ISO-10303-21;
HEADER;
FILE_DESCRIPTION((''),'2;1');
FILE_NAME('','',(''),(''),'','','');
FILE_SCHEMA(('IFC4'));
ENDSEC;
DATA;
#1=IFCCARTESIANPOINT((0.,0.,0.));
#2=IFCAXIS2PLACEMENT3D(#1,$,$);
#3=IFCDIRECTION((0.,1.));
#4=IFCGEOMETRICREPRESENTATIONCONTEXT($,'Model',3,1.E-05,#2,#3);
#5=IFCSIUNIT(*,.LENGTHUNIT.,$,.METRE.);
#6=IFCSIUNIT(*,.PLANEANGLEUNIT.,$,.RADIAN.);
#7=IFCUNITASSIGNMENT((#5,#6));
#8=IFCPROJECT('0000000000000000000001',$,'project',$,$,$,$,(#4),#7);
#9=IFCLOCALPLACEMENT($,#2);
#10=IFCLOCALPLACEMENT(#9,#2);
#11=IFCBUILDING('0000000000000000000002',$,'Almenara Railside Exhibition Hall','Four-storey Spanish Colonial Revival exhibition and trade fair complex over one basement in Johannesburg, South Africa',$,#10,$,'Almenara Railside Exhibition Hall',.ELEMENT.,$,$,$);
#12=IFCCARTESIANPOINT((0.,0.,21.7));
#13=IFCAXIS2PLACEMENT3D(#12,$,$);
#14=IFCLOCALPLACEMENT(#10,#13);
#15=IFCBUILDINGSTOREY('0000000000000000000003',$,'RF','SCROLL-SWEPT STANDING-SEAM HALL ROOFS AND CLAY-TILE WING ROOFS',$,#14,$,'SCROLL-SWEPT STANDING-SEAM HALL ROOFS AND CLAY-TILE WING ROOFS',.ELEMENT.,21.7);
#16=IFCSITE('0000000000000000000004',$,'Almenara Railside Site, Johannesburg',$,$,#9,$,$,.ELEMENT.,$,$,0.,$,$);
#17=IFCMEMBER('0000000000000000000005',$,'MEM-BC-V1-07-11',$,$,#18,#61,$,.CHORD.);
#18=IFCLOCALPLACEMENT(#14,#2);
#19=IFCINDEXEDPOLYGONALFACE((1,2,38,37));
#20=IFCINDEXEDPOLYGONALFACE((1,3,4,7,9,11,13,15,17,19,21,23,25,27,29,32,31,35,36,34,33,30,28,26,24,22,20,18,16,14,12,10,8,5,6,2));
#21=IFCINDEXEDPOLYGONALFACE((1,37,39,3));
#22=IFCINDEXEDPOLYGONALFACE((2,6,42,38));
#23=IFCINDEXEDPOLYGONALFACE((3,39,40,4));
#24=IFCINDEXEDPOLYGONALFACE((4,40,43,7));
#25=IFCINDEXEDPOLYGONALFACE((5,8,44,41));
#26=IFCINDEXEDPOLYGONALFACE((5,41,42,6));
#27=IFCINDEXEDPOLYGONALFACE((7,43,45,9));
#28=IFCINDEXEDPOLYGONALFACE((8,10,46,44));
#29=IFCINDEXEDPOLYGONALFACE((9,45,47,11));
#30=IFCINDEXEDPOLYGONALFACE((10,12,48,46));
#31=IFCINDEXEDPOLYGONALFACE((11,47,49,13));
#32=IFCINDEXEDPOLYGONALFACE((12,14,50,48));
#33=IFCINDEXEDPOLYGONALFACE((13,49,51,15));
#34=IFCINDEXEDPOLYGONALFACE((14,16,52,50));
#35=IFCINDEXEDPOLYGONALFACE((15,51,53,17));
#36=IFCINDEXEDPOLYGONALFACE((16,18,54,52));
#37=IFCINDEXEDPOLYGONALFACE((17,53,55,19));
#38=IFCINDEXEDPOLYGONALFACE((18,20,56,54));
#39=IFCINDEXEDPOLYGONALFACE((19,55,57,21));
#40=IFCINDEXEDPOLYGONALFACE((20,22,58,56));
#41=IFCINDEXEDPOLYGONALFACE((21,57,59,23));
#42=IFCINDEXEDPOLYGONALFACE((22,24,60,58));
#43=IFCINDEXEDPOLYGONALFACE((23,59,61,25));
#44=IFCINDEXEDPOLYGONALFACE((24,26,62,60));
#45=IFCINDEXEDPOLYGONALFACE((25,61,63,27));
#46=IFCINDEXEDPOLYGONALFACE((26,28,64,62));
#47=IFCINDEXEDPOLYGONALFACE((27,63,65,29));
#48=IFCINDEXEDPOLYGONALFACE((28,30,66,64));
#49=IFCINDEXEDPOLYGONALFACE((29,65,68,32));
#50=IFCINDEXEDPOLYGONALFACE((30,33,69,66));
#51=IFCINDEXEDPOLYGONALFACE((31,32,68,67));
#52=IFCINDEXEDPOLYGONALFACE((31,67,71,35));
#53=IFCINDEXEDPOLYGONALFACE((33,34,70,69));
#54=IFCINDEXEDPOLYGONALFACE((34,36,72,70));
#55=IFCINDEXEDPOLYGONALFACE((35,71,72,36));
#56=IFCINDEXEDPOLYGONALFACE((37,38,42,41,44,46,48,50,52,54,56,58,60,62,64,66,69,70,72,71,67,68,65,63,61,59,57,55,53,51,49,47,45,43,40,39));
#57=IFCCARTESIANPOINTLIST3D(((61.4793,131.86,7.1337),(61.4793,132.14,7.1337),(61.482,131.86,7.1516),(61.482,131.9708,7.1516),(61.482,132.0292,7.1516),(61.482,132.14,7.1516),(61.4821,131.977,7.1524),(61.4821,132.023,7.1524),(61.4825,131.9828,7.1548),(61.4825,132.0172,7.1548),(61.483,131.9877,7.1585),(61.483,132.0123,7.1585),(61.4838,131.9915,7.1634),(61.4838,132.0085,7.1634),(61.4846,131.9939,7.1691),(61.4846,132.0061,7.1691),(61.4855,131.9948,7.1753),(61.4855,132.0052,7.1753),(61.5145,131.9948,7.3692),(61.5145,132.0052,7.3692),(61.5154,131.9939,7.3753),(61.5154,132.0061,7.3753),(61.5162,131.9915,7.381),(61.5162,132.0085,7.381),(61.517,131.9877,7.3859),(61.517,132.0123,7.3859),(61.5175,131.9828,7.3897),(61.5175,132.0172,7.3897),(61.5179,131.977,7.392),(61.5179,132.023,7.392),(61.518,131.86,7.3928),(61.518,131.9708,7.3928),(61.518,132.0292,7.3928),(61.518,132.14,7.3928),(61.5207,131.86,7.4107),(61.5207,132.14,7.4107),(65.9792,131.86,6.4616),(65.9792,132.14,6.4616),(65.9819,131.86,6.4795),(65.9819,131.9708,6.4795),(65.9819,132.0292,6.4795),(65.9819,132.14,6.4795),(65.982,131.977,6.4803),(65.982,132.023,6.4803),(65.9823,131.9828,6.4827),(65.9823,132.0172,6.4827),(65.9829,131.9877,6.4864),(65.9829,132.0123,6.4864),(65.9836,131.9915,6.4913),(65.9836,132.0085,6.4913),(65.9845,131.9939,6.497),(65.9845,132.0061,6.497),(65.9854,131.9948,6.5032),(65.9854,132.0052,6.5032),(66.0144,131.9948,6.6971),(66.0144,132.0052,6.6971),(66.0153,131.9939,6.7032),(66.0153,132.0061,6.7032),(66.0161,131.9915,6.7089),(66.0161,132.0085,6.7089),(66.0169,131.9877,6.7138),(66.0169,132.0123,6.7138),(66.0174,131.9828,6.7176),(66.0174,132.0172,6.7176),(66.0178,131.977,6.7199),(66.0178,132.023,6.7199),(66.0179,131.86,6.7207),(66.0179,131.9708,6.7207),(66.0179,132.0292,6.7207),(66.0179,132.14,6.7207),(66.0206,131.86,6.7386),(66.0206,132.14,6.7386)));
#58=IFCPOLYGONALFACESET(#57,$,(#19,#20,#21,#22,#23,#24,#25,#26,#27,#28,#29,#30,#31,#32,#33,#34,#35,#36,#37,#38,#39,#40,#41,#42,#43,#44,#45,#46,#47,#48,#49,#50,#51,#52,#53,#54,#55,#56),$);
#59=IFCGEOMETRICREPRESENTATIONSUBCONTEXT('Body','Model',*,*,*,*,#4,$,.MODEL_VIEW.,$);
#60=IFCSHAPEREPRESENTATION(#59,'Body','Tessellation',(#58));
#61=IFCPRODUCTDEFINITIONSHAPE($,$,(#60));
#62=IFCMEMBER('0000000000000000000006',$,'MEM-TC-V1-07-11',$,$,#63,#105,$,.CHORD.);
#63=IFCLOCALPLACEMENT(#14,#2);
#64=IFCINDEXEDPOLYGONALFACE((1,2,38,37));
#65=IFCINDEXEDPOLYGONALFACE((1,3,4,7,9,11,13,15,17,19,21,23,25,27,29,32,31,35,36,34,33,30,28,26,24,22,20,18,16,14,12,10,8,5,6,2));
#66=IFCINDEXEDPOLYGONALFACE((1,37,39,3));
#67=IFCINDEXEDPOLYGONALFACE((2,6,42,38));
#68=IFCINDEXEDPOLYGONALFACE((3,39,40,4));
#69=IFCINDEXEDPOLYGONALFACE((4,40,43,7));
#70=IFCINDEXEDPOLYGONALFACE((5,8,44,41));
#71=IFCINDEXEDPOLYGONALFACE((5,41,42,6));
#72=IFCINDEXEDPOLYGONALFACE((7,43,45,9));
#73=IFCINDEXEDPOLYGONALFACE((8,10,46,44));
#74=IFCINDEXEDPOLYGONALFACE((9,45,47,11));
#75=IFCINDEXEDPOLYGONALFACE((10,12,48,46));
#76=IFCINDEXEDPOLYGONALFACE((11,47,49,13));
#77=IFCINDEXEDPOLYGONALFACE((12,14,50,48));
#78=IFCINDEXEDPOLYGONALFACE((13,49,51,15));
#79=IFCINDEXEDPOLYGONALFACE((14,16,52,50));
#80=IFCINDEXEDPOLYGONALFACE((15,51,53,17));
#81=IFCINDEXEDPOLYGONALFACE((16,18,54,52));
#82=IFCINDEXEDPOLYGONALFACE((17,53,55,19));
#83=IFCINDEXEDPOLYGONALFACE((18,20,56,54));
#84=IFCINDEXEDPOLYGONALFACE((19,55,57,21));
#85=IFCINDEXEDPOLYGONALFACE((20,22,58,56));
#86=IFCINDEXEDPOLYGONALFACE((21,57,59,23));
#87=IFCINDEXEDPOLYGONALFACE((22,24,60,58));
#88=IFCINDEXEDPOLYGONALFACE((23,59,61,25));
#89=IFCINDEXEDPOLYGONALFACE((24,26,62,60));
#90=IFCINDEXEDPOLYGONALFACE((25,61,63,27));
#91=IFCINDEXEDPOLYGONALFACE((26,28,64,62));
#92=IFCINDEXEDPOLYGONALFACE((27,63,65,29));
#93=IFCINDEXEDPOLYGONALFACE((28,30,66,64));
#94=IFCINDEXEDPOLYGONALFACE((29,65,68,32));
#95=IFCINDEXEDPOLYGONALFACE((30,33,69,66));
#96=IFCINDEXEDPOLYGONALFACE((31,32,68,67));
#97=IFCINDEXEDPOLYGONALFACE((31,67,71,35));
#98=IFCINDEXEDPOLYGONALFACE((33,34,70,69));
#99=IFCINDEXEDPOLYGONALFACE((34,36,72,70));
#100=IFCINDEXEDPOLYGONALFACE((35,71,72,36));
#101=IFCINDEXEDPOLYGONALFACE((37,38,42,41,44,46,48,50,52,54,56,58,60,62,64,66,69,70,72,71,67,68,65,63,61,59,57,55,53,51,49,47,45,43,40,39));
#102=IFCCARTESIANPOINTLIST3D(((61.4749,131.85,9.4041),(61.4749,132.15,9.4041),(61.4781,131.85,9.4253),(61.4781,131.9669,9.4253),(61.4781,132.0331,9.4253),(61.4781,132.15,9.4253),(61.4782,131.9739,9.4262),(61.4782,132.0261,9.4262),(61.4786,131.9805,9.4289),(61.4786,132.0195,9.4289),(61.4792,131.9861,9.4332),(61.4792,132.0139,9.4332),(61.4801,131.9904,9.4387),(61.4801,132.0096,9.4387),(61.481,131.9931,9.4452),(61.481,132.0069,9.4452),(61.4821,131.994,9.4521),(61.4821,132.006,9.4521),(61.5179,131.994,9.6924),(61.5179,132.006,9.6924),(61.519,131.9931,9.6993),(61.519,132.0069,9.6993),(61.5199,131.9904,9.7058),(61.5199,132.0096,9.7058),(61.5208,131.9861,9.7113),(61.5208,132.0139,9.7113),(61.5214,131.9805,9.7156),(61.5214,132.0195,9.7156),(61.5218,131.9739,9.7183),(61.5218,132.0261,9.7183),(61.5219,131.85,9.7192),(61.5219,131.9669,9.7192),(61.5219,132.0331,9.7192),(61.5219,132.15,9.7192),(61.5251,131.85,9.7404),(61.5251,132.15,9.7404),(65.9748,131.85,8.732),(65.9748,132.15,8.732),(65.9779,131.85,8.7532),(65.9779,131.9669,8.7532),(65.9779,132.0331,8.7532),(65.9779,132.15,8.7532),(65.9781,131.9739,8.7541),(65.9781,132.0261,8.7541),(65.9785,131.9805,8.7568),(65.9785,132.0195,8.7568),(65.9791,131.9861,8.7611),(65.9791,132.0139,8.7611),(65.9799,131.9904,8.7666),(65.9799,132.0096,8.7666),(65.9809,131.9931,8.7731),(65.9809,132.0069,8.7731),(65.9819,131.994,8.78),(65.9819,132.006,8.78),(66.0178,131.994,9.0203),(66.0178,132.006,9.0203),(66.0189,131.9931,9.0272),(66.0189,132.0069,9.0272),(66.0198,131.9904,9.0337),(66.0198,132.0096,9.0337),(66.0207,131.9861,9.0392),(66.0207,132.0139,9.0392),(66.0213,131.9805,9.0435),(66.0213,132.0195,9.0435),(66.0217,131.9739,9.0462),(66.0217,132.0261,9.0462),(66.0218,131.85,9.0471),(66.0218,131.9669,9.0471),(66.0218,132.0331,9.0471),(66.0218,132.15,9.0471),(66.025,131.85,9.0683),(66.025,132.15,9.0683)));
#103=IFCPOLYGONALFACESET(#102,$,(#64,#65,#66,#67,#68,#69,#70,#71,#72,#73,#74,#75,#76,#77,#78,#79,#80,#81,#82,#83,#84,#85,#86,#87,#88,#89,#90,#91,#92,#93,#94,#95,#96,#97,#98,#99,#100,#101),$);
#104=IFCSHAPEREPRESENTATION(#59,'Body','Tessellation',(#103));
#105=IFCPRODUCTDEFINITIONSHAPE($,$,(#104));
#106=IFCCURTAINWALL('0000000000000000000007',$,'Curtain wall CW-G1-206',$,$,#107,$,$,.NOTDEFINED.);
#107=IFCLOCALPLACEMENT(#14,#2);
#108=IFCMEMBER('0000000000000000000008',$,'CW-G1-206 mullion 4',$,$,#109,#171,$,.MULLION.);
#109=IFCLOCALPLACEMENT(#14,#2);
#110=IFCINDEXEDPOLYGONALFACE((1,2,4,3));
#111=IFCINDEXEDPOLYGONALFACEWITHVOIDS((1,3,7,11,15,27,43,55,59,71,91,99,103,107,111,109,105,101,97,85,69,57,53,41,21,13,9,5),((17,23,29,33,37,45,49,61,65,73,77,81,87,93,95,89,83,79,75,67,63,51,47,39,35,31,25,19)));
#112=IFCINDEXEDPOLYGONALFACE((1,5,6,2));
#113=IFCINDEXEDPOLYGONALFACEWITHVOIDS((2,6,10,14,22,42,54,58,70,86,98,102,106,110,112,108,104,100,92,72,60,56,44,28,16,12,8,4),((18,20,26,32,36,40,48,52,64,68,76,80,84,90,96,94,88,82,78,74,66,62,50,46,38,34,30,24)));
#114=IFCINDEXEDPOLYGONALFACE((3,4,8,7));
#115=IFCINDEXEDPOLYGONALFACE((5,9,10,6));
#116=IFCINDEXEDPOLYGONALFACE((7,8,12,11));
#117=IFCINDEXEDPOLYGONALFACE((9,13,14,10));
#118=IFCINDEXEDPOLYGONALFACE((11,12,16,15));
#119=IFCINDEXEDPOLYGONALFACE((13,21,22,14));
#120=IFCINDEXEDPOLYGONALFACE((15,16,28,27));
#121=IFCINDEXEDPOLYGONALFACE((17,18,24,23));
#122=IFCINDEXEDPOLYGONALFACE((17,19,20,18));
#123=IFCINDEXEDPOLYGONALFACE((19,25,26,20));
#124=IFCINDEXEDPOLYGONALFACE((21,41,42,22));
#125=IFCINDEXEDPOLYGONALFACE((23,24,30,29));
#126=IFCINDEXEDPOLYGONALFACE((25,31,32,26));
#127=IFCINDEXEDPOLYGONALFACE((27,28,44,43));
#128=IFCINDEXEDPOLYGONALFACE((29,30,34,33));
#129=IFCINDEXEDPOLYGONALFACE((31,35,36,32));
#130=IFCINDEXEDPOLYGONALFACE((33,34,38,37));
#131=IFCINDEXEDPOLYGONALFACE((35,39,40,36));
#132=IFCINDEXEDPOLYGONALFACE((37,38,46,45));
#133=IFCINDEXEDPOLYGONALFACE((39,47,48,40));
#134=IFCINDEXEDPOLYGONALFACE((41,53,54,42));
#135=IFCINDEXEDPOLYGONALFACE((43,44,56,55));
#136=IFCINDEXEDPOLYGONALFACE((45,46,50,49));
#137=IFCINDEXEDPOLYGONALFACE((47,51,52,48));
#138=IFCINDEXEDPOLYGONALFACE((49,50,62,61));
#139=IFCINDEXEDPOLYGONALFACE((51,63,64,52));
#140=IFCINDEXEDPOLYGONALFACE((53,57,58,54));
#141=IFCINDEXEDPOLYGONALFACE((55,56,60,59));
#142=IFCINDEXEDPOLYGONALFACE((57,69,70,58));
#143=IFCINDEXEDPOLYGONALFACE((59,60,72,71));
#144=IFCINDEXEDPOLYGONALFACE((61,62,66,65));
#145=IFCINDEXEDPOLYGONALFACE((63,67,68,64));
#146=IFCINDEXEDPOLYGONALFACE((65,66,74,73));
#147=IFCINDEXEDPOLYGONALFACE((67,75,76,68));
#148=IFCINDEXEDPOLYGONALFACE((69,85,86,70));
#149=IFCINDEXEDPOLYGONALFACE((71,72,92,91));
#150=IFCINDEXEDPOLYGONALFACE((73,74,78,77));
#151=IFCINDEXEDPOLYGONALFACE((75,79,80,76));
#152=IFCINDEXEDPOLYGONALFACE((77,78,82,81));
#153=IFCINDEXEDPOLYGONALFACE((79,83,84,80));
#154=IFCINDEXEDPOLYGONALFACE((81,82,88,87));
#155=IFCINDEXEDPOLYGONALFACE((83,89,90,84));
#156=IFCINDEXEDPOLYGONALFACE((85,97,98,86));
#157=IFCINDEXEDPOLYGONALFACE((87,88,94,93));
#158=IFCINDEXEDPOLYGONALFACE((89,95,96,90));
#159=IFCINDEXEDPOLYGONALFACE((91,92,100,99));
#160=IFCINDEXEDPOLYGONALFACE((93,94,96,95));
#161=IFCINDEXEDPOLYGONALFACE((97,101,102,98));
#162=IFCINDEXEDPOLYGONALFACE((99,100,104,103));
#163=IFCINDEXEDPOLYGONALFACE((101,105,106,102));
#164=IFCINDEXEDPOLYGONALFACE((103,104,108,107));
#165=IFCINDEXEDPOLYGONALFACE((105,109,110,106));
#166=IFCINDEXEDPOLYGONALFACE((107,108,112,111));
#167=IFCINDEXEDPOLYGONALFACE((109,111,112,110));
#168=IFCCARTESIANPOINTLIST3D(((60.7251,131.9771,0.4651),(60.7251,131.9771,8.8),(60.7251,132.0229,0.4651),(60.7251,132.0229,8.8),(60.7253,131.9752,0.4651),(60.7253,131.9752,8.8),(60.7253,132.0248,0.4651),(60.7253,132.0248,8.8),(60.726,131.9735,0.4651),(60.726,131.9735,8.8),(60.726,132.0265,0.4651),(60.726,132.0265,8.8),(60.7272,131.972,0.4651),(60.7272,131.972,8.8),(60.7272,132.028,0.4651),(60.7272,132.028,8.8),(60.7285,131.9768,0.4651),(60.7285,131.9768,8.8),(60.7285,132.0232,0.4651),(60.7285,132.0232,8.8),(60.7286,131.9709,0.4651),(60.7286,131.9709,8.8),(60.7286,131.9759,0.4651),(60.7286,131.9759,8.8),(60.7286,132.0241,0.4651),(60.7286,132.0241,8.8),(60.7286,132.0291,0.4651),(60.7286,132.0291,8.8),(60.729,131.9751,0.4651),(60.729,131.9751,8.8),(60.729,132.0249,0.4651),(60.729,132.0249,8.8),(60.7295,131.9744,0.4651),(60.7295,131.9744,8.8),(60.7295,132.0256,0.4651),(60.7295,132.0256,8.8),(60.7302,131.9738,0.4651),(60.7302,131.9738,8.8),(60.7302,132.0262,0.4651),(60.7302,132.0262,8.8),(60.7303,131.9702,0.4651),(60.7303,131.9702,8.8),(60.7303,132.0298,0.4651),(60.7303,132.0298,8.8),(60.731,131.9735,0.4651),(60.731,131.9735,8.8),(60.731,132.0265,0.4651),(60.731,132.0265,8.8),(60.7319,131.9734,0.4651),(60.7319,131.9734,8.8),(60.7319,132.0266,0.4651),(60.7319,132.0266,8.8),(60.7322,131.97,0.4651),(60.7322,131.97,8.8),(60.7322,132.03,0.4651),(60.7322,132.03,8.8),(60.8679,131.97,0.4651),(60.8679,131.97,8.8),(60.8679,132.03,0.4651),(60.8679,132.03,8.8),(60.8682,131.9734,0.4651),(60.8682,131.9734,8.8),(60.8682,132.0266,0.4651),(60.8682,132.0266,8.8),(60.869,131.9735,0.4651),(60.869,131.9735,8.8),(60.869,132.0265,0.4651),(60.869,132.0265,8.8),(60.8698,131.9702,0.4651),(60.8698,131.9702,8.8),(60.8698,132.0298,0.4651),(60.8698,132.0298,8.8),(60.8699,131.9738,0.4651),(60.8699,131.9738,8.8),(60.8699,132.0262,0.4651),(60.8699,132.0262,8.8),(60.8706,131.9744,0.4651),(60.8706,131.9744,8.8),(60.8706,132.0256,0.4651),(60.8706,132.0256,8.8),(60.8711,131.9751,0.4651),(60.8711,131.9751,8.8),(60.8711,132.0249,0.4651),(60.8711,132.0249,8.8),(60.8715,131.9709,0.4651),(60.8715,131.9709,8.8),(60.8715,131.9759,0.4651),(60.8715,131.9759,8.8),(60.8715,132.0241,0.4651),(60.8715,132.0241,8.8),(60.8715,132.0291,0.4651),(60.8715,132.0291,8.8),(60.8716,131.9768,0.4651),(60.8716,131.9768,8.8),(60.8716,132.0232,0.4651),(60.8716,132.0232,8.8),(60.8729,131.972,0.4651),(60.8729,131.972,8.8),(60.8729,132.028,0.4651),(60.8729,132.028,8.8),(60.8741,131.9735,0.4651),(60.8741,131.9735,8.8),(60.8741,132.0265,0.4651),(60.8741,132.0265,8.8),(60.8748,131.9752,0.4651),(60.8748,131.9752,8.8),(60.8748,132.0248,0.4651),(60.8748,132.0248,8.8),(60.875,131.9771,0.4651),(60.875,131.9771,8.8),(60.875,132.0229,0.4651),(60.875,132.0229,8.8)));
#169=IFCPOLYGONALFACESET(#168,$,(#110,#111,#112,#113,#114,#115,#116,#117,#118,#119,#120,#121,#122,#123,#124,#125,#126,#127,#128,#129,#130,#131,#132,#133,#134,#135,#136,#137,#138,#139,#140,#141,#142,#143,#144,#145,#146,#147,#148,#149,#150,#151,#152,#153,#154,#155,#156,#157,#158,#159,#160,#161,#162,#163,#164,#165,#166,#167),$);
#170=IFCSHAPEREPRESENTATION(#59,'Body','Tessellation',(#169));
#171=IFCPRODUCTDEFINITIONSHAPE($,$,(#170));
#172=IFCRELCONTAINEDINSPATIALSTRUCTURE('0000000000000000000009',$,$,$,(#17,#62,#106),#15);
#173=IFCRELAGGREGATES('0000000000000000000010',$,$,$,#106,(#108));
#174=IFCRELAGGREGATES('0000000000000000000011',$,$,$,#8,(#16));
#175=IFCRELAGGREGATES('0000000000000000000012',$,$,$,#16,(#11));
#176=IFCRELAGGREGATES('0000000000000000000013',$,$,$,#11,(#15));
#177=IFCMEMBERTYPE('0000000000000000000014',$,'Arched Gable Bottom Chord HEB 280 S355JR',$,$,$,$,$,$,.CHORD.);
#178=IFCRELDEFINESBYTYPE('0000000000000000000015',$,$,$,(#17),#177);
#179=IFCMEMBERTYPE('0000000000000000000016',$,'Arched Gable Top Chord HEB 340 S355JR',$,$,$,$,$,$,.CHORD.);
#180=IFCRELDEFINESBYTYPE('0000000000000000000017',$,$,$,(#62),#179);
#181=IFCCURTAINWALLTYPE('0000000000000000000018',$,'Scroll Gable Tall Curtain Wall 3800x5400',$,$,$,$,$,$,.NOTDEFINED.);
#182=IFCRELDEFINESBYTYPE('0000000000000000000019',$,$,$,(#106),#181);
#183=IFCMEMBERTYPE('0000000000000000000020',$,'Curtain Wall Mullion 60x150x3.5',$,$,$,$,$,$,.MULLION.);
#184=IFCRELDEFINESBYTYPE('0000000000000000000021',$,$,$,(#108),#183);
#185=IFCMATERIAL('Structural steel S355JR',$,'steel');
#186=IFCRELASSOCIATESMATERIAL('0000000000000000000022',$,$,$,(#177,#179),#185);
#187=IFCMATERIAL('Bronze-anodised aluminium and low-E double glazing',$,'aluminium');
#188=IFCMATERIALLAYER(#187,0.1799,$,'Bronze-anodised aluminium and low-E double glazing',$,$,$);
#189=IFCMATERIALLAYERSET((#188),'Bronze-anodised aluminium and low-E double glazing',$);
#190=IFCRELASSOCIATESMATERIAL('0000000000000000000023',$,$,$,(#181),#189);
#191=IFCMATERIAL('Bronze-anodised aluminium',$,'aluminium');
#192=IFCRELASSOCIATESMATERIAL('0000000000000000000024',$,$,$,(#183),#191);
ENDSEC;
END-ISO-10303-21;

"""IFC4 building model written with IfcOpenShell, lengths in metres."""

from ifc_helpers import new_model, si_unit, direction, frame, origin, origin_2d, place, context, subcontext, project, spatial, hollow_rectangle, i_section, extrude, material, layer, layer_set, material_profile, profile_set, type_object, element, aggregate, save


model = new_model("IFC4")

# Units and contexts
model_context = context("Model", 3, precision=1e-05, world=origin(), true_north=direction((0.0, 1.0)))
body_context = subcontext(model_context, "Body", "Model", "MODEL_VIEW")
ifc_project = project(units=[si_unit("LENGTHUNIT", "METRE"), si_unit("PLANEANGLEUNIT", "RADIAN")], contexts=[model_context])

# Site, building, storey
site_placement = place(None, origin())
site = spatial("IfcSite", under=ifc_project, at=site_placement, Name="Almenara Railside Site, Johannesburg", CompositionType="ELEMENT", RefElevation=0.0)
building_placement = place(site_placement, origin())
building = spatial("IfcBuilding", under=site, at=building_placement, Name="Almenara Railside Exhibition Hall", Description="Four-storey Spanish Colonial Revival exhibition and trade fair complex over one basement in Johannesburg, South Africa", LongName="Almenara Railside Exhibition Hall", CompositionType="ELEMENT")
storey_placement = place(building_placement, frame((0.0, 0.0, 21.7)))
storey = spatial("IfcBuildingStorey", under=building, at=storey_placement, Name="RF", Description="SCROLL-SWEPT STANDING-SEAM HALL ROOFS AND CLAY-TILE WING ROOFS", LongName="SCROLL-SWEPT STANDING-SEAM HALL ROOFS AND CLAY-TILE WING ROOFS", CompositionType="ELEMENT", Elevation=21.7)

# Members
ifc_material_1 = material(Name="Structural steel S355JR", Category="steel")
ifc_material_profile_1 = material_profile(ifc_material_1, i_section(OverallWidth=0.28, OverallDepth=0.28, WebThickness=0.0105, FlangeThickness=0.0181, FilletRadius=0.0239, at=origin_2d()), Name="HEB 280")
ifc_profile_set_1 = profile_set([ifc_material_profile_1], Name="Structural steel S355JR")
member_type_1 = type_object("IfcMemberType", Name="Arched Gable Bottom Chord HEB 280 S355JR", PredefinedType="CHORD", material=ifc_profile_set_1)
member_1_placement = place(storey_placement, frame((61.5, 132.0, 7.2722), z_axis=(0.989029, 0.0, -0.147721), x_axis=(0.0, 1.0, 0.0)))
element("IfcMember", 1, at=member_1_placement, inside=storey, type_object=member_type_1, Name="MEM-BC-V1-07-11", PredefinedType="CHORD", context=body_context, shape_type="SweptSolid", body=[
    extrude(i_section(OverallWidth=0.28, OverallDepth=0.28, WebThickness=0.0105, FlangeThickness=0.0181, FilletRadius=0.0239, at=origin_2d()), origin(), (0.0, 0.0, 1.0), 4.5498),
])
ifc_material_profile_2 = material_profile(ifc_material_1, i_section(OverallWidth=0.3, OverallDepth=0.3401, WebThickness=0.012, FlangeThickness=0.0215, FilletRadius=0.0271, at=origin_2d()), Name="HEB 340")
ifc_profile_set_2 = profile_set([ifc_material_profile_2], Name="Structural steel S355JR")
member_type_2 = type_object("IfcMemberType", Name="Arched Gable Top Chord HEB 340 S355JR", PredefinedType="CHORD", material=ifc_profile_set_2)
member_2_placement = place(storey_placement, frame((61.5, 132.0, 9.5723), z_axis=(0.989029, 0.0, -0.147721), x_axis=(0.0, 1.0, 0.0)))
element("IfcMember", 2, at=member_2_placement, inside=storey, type_object=member_type_2, Name="MEM-TC-V1-07-11", PredefinedType="CHORD", context=body_context, shape_type="SweptSolid", body=[
    extrude(i_section(OverallWidth=0.3, OverallDepth=0.3401, WebThickness=0.012, FlangeThickness=0.0215, FilletRadius=0.0271, at=origin_2d()), origin(), (0.0, 0.0, 1.0), 4.5498),
])

# Curtain wall, member
ifc_material_2 = material(Name="Bronze-anodised aluminium and low-E double glazing", Category="aluminium")
ifc_layer_1 = layer(ifc_material_2, 0.1799, Name="Bronze-anodised aluminium and low-E double glazing")
ifc_layer_set_1 = layer_set([ifc_layer_1], Name="Bronze-anodised aluminium and low-E double glazing")
curtain_wall_type = type_object("IfcCurtainWallType", Name="Scroll Gable Tall Curtain Wall 3800x5400", PredefinedType="NOTDEFINED", material=ifc_layer_set_1)
curtain_wall_placement = place(storey_placement, origin())
curtain_wall = element("IfcCurtainWall", 3, at=curtain_wall_placement, inside=storey, type_object=curtain_wall_type, Name="Curtain wall CW-G1-206", PredefinedType="NOTDEFINED")
ifc_material_3 = material(Name="Bronze-anodised aluminium", Category="aluminium")
ifc_material_profile_3 = material_profile(ifc_material_3, hollow_rectangle(XDim=0.0601, YDim=0.1499, WallThickness=0.0034, InnerFilletRadius=0.0034, OuterFilletRadius=0.0071, at=origin_2d()), Name="ALU-MUL 60x150x3.5")
ifc_profile_set_3 = profile_set([ifc_material_profile_3], Name="Bronze-anodised aluminium")
member_type_3 = type_object("IfcMemberType", Name="Curtain Wall Mullion 60x150x3.5", PredefinedType="MULLION", material=ifc_profile_set_3)
member_3_placement = place(storey_placement, frame((60.8, 132.0, 0.4651), z_axis=(0.0, 0.0, 1.0), x_axis=(0.0, 1.0, 0.0)))
member_3 = element("IfcMember", 4, at=member_3_placement, type_object=member_type_3, Name="CW-G1-206 mullion 4", PredefinedType="MULLION", context=body_context, shape_type="SweptSolid", body=[
    extrude(hollow_rectangle(XDim=0.0601, YDim=0.1499, WallThickness=0.0034, InnerFilletRadius=0.0034, OuterFilletRadius=0.0071, at=origin_2d()), origin(), (0.0, 0.0, 1.0), 8.335),
])

aggregate(curtain_wall, [member_3])

save(model, "model.ifc")
